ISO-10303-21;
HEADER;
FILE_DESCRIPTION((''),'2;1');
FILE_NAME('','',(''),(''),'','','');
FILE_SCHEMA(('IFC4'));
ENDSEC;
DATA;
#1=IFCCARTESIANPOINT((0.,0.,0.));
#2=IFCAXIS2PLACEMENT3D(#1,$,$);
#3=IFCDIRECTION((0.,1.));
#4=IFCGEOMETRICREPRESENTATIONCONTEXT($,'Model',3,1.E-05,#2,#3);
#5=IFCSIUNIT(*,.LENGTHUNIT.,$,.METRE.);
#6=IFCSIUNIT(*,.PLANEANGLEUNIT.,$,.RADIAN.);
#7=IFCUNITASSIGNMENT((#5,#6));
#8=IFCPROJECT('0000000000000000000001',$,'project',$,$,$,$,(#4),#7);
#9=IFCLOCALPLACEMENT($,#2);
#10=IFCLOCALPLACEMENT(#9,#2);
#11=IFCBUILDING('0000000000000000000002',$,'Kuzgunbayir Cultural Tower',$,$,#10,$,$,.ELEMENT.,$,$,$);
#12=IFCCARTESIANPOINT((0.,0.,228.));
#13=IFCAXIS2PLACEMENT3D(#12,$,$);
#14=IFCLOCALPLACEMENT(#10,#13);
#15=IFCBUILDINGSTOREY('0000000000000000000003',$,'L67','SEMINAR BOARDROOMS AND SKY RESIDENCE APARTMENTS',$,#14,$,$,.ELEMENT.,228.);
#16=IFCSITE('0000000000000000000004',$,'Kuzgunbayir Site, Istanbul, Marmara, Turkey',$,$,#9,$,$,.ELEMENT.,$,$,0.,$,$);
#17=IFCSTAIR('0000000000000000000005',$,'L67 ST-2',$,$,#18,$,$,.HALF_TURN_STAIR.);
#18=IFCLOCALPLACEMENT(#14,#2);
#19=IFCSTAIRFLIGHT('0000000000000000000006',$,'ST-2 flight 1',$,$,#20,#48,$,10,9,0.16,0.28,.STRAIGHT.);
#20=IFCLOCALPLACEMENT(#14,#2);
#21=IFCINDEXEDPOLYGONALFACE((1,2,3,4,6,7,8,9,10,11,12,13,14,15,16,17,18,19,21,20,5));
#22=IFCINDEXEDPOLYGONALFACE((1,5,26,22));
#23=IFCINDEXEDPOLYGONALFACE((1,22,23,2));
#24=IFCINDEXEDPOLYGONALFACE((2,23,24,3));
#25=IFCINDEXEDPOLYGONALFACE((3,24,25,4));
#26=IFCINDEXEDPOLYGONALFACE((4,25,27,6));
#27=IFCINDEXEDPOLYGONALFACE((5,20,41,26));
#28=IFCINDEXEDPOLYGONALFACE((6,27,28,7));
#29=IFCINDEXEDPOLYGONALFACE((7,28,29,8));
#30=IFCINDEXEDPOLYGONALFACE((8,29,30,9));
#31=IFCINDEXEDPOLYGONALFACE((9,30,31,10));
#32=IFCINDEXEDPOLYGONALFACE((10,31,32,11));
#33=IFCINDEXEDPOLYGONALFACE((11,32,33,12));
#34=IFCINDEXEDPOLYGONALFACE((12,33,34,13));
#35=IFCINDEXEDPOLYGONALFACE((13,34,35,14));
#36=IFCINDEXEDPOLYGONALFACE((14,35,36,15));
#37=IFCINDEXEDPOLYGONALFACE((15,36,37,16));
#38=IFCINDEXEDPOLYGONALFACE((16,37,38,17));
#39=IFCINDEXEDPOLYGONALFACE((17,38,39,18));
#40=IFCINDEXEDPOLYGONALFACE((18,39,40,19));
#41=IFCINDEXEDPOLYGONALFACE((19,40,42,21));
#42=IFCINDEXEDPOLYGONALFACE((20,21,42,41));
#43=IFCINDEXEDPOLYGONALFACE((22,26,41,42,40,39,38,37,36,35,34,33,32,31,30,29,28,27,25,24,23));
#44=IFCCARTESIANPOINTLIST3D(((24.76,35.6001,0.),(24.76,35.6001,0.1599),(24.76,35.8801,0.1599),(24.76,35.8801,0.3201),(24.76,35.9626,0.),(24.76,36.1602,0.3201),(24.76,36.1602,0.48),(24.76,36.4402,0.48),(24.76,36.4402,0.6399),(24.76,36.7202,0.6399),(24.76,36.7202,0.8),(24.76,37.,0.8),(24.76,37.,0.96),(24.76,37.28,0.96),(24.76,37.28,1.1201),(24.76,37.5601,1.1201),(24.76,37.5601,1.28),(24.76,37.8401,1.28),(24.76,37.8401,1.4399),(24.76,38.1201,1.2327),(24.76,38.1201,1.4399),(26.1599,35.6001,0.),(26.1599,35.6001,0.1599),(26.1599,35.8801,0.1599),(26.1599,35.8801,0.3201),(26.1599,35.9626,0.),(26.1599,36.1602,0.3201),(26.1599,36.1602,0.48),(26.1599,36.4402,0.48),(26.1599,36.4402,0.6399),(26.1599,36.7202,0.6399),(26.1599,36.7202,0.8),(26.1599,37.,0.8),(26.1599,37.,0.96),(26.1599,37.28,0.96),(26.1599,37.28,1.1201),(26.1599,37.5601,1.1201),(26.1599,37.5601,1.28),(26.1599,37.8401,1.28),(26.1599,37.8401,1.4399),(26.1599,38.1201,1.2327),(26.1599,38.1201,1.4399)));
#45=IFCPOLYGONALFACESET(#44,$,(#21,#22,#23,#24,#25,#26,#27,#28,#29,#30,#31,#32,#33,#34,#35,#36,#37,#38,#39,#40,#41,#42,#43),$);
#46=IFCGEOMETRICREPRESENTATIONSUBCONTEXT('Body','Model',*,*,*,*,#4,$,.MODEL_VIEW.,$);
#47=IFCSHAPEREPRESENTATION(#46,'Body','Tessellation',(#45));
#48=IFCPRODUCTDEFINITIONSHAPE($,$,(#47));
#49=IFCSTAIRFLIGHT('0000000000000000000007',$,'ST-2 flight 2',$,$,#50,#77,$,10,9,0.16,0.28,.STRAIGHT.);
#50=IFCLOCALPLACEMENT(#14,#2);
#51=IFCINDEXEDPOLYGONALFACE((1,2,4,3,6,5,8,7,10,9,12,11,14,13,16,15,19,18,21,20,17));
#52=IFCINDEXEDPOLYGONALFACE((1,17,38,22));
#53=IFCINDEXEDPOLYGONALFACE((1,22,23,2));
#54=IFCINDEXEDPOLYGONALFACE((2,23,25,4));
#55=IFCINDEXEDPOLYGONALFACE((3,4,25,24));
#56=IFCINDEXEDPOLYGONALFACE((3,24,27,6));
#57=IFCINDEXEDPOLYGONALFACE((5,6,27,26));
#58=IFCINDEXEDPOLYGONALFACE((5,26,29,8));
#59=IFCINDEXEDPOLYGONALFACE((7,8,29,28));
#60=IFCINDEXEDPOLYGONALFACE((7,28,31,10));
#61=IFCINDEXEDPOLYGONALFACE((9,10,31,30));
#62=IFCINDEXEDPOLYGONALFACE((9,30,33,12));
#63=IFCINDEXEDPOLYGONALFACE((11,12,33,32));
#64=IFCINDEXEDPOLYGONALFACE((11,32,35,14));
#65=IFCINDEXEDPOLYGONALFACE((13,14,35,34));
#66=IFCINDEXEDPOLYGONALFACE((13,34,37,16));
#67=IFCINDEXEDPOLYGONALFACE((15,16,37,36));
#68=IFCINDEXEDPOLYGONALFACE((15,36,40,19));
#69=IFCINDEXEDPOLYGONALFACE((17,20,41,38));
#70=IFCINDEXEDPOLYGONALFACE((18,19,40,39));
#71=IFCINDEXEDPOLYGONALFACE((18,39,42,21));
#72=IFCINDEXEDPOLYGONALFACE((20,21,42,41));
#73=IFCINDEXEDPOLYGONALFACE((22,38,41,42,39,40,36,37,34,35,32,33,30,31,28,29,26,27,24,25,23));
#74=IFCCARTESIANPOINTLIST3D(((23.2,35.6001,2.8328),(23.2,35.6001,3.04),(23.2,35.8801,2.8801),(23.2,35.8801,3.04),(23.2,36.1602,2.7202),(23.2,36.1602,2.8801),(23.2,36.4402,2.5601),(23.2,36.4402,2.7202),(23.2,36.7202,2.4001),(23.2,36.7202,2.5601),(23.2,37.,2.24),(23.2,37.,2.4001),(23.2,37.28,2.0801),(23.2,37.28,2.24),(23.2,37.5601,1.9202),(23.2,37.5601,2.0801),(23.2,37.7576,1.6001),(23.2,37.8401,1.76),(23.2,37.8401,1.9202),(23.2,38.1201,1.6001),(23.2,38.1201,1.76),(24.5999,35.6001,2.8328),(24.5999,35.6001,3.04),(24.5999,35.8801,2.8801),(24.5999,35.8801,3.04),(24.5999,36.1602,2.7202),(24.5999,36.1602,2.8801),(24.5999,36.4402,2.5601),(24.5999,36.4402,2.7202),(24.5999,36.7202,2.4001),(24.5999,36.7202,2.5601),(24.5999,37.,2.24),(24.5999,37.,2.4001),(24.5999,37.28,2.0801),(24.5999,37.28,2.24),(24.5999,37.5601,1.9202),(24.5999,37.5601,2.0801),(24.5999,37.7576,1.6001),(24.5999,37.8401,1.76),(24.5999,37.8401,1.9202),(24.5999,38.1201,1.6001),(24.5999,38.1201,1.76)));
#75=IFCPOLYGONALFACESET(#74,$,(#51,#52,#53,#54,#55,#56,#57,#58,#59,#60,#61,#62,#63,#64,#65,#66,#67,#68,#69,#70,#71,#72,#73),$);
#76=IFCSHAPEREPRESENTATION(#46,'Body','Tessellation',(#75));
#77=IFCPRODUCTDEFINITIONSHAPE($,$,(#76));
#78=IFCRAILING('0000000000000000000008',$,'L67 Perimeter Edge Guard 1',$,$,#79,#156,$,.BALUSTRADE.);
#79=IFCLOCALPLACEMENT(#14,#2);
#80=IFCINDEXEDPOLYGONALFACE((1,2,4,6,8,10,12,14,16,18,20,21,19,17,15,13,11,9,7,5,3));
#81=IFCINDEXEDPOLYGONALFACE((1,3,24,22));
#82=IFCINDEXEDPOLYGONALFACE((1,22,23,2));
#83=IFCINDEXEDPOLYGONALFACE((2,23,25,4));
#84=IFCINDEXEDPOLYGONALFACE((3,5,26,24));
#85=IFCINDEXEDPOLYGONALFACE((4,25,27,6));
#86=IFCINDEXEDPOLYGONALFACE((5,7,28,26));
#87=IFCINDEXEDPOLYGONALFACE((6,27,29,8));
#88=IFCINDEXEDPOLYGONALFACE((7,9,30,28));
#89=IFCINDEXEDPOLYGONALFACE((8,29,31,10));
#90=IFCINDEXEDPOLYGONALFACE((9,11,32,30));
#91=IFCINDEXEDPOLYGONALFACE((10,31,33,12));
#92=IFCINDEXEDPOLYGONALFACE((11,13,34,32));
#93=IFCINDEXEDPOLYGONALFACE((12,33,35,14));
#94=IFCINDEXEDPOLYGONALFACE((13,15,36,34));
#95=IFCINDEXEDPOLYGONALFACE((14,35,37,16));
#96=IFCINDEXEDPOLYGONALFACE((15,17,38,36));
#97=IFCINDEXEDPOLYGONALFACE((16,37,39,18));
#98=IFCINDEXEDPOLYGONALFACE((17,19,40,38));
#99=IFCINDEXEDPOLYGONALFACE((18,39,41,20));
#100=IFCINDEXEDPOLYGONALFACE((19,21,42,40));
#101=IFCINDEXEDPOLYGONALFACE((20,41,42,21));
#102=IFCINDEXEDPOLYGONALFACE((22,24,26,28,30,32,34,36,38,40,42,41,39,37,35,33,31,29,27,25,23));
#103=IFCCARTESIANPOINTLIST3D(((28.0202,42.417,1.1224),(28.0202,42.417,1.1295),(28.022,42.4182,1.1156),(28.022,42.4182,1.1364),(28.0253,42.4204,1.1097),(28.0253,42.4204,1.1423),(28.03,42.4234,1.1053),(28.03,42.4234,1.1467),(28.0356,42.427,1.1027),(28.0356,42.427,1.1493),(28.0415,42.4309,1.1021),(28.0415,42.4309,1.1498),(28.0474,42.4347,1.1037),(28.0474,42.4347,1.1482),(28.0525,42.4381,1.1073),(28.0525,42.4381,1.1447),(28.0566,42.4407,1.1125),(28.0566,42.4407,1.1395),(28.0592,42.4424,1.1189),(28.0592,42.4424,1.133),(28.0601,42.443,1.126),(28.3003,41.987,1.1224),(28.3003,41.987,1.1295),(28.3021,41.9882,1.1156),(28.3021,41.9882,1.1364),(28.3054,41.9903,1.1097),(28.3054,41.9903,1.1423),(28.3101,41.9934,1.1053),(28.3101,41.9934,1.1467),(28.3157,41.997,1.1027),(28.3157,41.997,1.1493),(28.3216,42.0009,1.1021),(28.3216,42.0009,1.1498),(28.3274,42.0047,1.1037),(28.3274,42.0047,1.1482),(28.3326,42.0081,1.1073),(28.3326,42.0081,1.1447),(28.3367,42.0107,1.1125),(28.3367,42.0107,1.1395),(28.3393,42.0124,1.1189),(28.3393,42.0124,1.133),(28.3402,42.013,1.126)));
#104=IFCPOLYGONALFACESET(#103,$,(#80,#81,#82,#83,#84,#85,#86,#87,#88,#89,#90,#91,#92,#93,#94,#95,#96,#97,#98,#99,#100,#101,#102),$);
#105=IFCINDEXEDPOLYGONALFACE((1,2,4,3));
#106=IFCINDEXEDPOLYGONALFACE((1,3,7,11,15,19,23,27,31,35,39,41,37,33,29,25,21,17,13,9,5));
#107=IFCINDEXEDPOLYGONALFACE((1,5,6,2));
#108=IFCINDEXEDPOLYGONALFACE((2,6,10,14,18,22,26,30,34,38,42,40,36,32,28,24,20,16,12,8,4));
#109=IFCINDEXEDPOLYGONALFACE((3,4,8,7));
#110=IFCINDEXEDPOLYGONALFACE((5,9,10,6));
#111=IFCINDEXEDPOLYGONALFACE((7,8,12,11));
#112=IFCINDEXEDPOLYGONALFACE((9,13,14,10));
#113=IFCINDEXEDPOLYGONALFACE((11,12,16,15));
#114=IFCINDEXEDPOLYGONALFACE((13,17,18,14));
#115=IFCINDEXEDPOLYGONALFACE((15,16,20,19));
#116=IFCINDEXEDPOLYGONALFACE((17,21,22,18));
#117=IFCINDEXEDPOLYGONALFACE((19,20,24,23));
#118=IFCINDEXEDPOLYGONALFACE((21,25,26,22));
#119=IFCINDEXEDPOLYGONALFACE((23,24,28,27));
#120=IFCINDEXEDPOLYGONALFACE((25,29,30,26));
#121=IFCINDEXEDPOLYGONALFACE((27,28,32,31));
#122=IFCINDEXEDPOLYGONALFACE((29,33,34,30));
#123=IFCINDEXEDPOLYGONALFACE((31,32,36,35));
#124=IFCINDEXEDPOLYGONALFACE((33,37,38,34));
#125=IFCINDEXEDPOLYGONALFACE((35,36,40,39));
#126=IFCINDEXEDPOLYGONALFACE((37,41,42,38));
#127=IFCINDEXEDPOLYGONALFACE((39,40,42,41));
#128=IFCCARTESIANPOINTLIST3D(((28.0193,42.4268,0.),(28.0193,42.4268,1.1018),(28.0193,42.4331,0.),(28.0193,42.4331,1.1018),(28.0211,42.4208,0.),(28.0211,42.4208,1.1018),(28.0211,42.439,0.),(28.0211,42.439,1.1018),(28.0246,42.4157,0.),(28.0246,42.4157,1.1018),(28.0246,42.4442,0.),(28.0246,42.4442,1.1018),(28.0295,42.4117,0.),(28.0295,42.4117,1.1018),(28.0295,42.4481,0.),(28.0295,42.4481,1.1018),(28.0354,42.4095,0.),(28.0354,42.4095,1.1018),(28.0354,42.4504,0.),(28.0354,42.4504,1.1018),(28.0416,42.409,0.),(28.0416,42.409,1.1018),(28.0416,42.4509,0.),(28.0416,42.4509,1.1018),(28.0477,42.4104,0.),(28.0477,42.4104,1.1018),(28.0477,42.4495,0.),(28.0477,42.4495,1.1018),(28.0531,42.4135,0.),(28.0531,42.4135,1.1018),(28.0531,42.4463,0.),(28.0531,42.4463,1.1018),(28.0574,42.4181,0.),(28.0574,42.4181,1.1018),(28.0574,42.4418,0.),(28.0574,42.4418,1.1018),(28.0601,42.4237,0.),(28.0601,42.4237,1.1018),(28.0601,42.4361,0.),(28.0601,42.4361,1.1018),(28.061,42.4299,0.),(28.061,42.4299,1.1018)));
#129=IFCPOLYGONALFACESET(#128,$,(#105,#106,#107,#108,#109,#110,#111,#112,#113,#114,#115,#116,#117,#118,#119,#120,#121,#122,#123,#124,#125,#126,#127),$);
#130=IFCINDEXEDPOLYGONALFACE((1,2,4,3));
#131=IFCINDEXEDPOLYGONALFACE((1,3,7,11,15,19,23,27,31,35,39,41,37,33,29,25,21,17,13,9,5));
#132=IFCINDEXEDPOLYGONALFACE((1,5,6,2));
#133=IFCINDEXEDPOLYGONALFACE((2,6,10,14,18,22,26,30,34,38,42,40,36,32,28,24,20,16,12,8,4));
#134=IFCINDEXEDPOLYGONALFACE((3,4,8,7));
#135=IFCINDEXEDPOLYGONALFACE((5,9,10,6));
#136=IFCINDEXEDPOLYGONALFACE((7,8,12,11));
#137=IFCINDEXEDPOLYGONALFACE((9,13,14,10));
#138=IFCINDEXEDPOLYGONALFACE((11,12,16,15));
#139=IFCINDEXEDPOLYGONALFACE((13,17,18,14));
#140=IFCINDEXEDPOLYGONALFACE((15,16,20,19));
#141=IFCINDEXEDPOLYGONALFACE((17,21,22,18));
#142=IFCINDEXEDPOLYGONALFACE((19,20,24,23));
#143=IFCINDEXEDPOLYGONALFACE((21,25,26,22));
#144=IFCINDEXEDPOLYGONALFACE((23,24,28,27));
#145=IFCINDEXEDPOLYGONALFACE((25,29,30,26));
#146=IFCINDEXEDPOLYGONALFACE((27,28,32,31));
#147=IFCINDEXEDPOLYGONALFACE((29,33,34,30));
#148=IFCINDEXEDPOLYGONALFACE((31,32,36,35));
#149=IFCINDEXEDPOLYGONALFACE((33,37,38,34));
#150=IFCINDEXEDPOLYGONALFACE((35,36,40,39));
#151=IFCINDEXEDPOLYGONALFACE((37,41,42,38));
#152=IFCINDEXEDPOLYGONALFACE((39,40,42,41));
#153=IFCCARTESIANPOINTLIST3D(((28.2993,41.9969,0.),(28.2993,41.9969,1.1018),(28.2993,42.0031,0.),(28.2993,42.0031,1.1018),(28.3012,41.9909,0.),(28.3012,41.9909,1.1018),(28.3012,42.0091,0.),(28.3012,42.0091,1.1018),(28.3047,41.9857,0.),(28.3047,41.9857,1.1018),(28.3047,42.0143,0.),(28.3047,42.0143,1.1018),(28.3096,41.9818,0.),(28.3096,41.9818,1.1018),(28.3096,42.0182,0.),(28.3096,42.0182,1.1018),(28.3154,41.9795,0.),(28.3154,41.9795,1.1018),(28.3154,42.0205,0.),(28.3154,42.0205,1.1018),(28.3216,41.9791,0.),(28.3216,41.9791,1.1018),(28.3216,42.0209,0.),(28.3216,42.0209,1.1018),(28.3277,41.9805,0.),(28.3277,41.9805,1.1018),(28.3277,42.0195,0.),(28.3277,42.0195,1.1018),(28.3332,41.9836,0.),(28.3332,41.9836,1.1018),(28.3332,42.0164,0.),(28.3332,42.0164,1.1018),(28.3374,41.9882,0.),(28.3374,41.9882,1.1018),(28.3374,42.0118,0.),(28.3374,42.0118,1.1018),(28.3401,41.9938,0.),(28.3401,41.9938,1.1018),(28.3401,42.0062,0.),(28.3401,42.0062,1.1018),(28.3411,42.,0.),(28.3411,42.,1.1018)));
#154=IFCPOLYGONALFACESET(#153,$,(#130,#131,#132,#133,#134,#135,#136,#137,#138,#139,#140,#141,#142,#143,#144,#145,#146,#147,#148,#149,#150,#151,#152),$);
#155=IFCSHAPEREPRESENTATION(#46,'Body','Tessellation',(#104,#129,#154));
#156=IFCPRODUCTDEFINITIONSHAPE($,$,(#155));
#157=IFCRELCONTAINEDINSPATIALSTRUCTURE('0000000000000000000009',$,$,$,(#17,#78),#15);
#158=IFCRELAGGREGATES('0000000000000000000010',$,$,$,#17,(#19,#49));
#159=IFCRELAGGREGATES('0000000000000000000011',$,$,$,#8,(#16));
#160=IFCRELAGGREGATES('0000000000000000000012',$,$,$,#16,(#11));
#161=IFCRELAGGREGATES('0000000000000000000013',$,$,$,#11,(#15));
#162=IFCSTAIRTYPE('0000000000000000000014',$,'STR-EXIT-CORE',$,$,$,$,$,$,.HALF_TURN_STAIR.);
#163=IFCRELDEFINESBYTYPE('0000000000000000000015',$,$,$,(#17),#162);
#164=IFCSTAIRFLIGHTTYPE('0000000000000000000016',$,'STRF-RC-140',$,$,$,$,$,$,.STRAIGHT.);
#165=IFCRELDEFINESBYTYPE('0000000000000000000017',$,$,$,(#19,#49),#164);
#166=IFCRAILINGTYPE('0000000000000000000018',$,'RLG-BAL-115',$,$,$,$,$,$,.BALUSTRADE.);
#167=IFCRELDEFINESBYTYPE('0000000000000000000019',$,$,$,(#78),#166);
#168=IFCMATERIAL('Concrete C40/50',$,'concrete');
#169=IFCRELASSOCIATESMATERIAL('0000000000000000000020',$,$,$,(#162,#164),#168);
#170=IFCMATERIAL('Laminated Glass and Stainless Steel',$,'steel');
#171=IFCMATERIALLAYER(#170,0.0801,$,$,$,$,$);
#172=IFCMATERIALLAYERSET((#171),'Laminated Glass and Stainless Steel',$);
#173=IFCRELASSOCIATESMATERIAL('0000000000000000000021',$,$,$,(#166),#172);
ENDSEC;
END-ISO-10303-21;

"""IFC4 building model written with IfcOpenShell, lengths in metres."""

from ifc_helpers import new_model, si_unit, direction, frame, origin, origin_2d, place, context, subcontext, project, spatial, polyline, circle, outline, extrude, material, layer, layer_set, type_object, element, aggregate, save


model = new_model("IFC4")

# Units and contexts
model_context = context("Model", 3, precision=1e-05, world=origin(), true_north=direction((0.0, 1.0)))
body_context = subcontext(model_context, "Body", "Model", "MODEL_VIEW")
ifc_project = project(units=[si_unit("LENGTHUNIT", "METRE"), si_unit("PLANEANGLEUNIT", "RADIAN")], contexts=[model_context])

# Site, building, storey
site_placement = place(None, origin())
site = spatial("IfcSite", under=ifc_project, at=site_placement, Name="Kuzgunbayir Site, Istanbul, Marmara, Turkey", CompositionType="ELEMENT", RefElevation=0.0)
building_placement = place(site_placement, origin())
building = spatial("IfcBuilding", under=site, at=building_placement, Name="Kuzgunbayir Cultural Tower", CompositionType="ELEMENT")
storey_placement = place(building_placement, frame((0.0, 0.0, 228.0)))
storey = spatial("IfcBuildingStorey", under=building, at=storey_placement, Name="L67", Description="SEMINAR BOARDROOMS AND SKY RESIDENCE APARTMENTS", CompositionType="ELEMENT", Elevation=228.0)

# Shared definitions
ifc_material_1 = material(Name="Concrete C40/50", Category="concrete")

# Stair, stair flights
stair_type = type_object("IfcStairType", Name="STR-EXIT-CORE", PredefinedType="HALF_TURN_STAIR", material=ifc_material_1)
stair_placement = place(storey_placement, origin())
stair = element("IfcStair", 1, at=stair_placement, inside=storey, type_object=stair_type, Name="L67 ST-2", PredefinedType="HALF_TURN_STAIR")
stair_flight_type = type_object("IfcStairFlightType", Name="STRF-RC-140", PredefinedType="STRAIGHT", material=ifc_material_1)
stair_flight_1_placement = place(storey_placement, frame((25.46, 35.6001, 0.0), z_axis=(0.0, 0.0, 1.0), x_axis=(0.0, 1.0, 0.0)))
stair_flight_1 = element("IfcStairFlight", 2, at=stair_flight_1_placement, type_object=stair_flight_type, Name="ST-2 flight 1", NumberOfRisers=10, NumberOfTreads=9, PredefinedType="STRAIGHT", RiserHeight=0.16, TreadLength=0.28, context=body_context, shape_type="SweptSolid", body=[
    extrude(outline(polyline([(0.0, 0.0), (0.0, 0.1599), (0.28, 0.1599), (0.28, 0.3201), (0.5601, 0.3201), (0.5601, 0.48), (0.8401, 0.48), (0.8401, 0.6399), (1.1201, 0.6399), (1.1201, 0.8), (1.3999, 0.8), (1.3999, 0.96), (1.6799, 0.96), (1.6799, 1.1201), (1.96, 1.1201), (1.96, 1.28), (2.24, 1.28), (2.24, 1.4399), (2.52, 1.4399), (2.52, 1.6001), (2.52, 1.2327), (0.3625, 0.0), (0.0, 0.0)])), frame((0.0, 0.7, 0.0), z_axis=(0.0, -1.0, 0.0), x_axis=(1.0, 0.0, 0.0)), (0.0, 0.0, 1.0), 1.3999),
])
stair_flight_2_placement = place(storey_placement, frame((23.8999, 38.1201, 1.6001), z_axis=(0.0, 0.0, 1.0), x_axis=(0.0, -1.0, 0.0)))
stair_flight_2 = element("IfcStairFlight", 3, at=stair_flight_2_placement, type_object=stair_flight_type, Name="ST-2 flight 2", NumberOfRisers=10, NumberOfTreads=9, PredefinedType="STRAIGHT", RiserHeight=0.16, TreadLength=0.28, context=body_context, shape_type="SweptSolid", body=[
    extrude(outline(polyline([(0.0, 0.0), (0.0, 0.1599), (0.28, 0.1599), (0.28, 0.3201), (0.5601, 0.3201), (0.5601, 0.48), (0.8401, 0.48), (0.8401, 0.6399), (1.1201, 0.6399), (1.1201, 0.8), (1.3999, 0.8), (1.3999, 0.96), (1.6799, 0.96), (1.6799, 1.1201), (1.96, 1.1201), (1.96, 1.28), (2.24, 1.28), (2.24, 1.4399), (2.52, 1.4399), (2.52, 1.6001), (2.52, 1.2327), (0.3625, 0.0), (0.0, 0.0)])), frame((0.0, 0.7, 0.0), z_axis=(0.0, -1.0, 0.0), x_axis=(1.0, 0.0, 0.0)), (0.0, 0.0, 1.0), 1.3999),
])
aggregate(stair, [stair_flight_1, stair_flight_2])

# Railing
ifc_material_2 = material(Name="Laminated Glass and Stainless Steel", Category="steel")
ifc_layer_1 = layer(ifc_material_2, 0.0801)
ifc_layer_set_1 = layer_set([ifc_layer_1], Name="Laminated Glass and Stainless Steel")
railing_type_1 = type_object("IfcRailingType", Name="RLG-BAL-115", PredefinedType="BALUSTRADE", material=ifc_layer_set_1)
railing_1_placement = place(storey_placement, frame((28.04, 42.4299, 0.0)))
element("IfcRailing", 4, at=railing_1_placement, inside=storey, type_object=railing_type_1, Name="L67 Perimeter Edge Guard 1", PredefinedType="BALUSTRADE", context=body_context, shape_type="SweptSolid", body=[
    extrude(circle(Radius=0.0239, at=origin_2d()), frame((0.0, 0.0, 1.126), z_axis=(0.545774, -0.837932, 0.0), x_axis=(0.837932, 0.545774, 0.0)), (0.0, 0.0, 1.0), 0.5132),
    extrude(circle(Radius=0.021, at=origin_2d()), origin(), (0.0, 0.0, 1.0), 1.1018),
    extrude(circle(Radius=0.021, at=origin_2d()), frame((0.28, -0.4299, 0.0)), (0.0, 0.0, 1.0), 1.1018),
])

save(model, "model.ifc")
